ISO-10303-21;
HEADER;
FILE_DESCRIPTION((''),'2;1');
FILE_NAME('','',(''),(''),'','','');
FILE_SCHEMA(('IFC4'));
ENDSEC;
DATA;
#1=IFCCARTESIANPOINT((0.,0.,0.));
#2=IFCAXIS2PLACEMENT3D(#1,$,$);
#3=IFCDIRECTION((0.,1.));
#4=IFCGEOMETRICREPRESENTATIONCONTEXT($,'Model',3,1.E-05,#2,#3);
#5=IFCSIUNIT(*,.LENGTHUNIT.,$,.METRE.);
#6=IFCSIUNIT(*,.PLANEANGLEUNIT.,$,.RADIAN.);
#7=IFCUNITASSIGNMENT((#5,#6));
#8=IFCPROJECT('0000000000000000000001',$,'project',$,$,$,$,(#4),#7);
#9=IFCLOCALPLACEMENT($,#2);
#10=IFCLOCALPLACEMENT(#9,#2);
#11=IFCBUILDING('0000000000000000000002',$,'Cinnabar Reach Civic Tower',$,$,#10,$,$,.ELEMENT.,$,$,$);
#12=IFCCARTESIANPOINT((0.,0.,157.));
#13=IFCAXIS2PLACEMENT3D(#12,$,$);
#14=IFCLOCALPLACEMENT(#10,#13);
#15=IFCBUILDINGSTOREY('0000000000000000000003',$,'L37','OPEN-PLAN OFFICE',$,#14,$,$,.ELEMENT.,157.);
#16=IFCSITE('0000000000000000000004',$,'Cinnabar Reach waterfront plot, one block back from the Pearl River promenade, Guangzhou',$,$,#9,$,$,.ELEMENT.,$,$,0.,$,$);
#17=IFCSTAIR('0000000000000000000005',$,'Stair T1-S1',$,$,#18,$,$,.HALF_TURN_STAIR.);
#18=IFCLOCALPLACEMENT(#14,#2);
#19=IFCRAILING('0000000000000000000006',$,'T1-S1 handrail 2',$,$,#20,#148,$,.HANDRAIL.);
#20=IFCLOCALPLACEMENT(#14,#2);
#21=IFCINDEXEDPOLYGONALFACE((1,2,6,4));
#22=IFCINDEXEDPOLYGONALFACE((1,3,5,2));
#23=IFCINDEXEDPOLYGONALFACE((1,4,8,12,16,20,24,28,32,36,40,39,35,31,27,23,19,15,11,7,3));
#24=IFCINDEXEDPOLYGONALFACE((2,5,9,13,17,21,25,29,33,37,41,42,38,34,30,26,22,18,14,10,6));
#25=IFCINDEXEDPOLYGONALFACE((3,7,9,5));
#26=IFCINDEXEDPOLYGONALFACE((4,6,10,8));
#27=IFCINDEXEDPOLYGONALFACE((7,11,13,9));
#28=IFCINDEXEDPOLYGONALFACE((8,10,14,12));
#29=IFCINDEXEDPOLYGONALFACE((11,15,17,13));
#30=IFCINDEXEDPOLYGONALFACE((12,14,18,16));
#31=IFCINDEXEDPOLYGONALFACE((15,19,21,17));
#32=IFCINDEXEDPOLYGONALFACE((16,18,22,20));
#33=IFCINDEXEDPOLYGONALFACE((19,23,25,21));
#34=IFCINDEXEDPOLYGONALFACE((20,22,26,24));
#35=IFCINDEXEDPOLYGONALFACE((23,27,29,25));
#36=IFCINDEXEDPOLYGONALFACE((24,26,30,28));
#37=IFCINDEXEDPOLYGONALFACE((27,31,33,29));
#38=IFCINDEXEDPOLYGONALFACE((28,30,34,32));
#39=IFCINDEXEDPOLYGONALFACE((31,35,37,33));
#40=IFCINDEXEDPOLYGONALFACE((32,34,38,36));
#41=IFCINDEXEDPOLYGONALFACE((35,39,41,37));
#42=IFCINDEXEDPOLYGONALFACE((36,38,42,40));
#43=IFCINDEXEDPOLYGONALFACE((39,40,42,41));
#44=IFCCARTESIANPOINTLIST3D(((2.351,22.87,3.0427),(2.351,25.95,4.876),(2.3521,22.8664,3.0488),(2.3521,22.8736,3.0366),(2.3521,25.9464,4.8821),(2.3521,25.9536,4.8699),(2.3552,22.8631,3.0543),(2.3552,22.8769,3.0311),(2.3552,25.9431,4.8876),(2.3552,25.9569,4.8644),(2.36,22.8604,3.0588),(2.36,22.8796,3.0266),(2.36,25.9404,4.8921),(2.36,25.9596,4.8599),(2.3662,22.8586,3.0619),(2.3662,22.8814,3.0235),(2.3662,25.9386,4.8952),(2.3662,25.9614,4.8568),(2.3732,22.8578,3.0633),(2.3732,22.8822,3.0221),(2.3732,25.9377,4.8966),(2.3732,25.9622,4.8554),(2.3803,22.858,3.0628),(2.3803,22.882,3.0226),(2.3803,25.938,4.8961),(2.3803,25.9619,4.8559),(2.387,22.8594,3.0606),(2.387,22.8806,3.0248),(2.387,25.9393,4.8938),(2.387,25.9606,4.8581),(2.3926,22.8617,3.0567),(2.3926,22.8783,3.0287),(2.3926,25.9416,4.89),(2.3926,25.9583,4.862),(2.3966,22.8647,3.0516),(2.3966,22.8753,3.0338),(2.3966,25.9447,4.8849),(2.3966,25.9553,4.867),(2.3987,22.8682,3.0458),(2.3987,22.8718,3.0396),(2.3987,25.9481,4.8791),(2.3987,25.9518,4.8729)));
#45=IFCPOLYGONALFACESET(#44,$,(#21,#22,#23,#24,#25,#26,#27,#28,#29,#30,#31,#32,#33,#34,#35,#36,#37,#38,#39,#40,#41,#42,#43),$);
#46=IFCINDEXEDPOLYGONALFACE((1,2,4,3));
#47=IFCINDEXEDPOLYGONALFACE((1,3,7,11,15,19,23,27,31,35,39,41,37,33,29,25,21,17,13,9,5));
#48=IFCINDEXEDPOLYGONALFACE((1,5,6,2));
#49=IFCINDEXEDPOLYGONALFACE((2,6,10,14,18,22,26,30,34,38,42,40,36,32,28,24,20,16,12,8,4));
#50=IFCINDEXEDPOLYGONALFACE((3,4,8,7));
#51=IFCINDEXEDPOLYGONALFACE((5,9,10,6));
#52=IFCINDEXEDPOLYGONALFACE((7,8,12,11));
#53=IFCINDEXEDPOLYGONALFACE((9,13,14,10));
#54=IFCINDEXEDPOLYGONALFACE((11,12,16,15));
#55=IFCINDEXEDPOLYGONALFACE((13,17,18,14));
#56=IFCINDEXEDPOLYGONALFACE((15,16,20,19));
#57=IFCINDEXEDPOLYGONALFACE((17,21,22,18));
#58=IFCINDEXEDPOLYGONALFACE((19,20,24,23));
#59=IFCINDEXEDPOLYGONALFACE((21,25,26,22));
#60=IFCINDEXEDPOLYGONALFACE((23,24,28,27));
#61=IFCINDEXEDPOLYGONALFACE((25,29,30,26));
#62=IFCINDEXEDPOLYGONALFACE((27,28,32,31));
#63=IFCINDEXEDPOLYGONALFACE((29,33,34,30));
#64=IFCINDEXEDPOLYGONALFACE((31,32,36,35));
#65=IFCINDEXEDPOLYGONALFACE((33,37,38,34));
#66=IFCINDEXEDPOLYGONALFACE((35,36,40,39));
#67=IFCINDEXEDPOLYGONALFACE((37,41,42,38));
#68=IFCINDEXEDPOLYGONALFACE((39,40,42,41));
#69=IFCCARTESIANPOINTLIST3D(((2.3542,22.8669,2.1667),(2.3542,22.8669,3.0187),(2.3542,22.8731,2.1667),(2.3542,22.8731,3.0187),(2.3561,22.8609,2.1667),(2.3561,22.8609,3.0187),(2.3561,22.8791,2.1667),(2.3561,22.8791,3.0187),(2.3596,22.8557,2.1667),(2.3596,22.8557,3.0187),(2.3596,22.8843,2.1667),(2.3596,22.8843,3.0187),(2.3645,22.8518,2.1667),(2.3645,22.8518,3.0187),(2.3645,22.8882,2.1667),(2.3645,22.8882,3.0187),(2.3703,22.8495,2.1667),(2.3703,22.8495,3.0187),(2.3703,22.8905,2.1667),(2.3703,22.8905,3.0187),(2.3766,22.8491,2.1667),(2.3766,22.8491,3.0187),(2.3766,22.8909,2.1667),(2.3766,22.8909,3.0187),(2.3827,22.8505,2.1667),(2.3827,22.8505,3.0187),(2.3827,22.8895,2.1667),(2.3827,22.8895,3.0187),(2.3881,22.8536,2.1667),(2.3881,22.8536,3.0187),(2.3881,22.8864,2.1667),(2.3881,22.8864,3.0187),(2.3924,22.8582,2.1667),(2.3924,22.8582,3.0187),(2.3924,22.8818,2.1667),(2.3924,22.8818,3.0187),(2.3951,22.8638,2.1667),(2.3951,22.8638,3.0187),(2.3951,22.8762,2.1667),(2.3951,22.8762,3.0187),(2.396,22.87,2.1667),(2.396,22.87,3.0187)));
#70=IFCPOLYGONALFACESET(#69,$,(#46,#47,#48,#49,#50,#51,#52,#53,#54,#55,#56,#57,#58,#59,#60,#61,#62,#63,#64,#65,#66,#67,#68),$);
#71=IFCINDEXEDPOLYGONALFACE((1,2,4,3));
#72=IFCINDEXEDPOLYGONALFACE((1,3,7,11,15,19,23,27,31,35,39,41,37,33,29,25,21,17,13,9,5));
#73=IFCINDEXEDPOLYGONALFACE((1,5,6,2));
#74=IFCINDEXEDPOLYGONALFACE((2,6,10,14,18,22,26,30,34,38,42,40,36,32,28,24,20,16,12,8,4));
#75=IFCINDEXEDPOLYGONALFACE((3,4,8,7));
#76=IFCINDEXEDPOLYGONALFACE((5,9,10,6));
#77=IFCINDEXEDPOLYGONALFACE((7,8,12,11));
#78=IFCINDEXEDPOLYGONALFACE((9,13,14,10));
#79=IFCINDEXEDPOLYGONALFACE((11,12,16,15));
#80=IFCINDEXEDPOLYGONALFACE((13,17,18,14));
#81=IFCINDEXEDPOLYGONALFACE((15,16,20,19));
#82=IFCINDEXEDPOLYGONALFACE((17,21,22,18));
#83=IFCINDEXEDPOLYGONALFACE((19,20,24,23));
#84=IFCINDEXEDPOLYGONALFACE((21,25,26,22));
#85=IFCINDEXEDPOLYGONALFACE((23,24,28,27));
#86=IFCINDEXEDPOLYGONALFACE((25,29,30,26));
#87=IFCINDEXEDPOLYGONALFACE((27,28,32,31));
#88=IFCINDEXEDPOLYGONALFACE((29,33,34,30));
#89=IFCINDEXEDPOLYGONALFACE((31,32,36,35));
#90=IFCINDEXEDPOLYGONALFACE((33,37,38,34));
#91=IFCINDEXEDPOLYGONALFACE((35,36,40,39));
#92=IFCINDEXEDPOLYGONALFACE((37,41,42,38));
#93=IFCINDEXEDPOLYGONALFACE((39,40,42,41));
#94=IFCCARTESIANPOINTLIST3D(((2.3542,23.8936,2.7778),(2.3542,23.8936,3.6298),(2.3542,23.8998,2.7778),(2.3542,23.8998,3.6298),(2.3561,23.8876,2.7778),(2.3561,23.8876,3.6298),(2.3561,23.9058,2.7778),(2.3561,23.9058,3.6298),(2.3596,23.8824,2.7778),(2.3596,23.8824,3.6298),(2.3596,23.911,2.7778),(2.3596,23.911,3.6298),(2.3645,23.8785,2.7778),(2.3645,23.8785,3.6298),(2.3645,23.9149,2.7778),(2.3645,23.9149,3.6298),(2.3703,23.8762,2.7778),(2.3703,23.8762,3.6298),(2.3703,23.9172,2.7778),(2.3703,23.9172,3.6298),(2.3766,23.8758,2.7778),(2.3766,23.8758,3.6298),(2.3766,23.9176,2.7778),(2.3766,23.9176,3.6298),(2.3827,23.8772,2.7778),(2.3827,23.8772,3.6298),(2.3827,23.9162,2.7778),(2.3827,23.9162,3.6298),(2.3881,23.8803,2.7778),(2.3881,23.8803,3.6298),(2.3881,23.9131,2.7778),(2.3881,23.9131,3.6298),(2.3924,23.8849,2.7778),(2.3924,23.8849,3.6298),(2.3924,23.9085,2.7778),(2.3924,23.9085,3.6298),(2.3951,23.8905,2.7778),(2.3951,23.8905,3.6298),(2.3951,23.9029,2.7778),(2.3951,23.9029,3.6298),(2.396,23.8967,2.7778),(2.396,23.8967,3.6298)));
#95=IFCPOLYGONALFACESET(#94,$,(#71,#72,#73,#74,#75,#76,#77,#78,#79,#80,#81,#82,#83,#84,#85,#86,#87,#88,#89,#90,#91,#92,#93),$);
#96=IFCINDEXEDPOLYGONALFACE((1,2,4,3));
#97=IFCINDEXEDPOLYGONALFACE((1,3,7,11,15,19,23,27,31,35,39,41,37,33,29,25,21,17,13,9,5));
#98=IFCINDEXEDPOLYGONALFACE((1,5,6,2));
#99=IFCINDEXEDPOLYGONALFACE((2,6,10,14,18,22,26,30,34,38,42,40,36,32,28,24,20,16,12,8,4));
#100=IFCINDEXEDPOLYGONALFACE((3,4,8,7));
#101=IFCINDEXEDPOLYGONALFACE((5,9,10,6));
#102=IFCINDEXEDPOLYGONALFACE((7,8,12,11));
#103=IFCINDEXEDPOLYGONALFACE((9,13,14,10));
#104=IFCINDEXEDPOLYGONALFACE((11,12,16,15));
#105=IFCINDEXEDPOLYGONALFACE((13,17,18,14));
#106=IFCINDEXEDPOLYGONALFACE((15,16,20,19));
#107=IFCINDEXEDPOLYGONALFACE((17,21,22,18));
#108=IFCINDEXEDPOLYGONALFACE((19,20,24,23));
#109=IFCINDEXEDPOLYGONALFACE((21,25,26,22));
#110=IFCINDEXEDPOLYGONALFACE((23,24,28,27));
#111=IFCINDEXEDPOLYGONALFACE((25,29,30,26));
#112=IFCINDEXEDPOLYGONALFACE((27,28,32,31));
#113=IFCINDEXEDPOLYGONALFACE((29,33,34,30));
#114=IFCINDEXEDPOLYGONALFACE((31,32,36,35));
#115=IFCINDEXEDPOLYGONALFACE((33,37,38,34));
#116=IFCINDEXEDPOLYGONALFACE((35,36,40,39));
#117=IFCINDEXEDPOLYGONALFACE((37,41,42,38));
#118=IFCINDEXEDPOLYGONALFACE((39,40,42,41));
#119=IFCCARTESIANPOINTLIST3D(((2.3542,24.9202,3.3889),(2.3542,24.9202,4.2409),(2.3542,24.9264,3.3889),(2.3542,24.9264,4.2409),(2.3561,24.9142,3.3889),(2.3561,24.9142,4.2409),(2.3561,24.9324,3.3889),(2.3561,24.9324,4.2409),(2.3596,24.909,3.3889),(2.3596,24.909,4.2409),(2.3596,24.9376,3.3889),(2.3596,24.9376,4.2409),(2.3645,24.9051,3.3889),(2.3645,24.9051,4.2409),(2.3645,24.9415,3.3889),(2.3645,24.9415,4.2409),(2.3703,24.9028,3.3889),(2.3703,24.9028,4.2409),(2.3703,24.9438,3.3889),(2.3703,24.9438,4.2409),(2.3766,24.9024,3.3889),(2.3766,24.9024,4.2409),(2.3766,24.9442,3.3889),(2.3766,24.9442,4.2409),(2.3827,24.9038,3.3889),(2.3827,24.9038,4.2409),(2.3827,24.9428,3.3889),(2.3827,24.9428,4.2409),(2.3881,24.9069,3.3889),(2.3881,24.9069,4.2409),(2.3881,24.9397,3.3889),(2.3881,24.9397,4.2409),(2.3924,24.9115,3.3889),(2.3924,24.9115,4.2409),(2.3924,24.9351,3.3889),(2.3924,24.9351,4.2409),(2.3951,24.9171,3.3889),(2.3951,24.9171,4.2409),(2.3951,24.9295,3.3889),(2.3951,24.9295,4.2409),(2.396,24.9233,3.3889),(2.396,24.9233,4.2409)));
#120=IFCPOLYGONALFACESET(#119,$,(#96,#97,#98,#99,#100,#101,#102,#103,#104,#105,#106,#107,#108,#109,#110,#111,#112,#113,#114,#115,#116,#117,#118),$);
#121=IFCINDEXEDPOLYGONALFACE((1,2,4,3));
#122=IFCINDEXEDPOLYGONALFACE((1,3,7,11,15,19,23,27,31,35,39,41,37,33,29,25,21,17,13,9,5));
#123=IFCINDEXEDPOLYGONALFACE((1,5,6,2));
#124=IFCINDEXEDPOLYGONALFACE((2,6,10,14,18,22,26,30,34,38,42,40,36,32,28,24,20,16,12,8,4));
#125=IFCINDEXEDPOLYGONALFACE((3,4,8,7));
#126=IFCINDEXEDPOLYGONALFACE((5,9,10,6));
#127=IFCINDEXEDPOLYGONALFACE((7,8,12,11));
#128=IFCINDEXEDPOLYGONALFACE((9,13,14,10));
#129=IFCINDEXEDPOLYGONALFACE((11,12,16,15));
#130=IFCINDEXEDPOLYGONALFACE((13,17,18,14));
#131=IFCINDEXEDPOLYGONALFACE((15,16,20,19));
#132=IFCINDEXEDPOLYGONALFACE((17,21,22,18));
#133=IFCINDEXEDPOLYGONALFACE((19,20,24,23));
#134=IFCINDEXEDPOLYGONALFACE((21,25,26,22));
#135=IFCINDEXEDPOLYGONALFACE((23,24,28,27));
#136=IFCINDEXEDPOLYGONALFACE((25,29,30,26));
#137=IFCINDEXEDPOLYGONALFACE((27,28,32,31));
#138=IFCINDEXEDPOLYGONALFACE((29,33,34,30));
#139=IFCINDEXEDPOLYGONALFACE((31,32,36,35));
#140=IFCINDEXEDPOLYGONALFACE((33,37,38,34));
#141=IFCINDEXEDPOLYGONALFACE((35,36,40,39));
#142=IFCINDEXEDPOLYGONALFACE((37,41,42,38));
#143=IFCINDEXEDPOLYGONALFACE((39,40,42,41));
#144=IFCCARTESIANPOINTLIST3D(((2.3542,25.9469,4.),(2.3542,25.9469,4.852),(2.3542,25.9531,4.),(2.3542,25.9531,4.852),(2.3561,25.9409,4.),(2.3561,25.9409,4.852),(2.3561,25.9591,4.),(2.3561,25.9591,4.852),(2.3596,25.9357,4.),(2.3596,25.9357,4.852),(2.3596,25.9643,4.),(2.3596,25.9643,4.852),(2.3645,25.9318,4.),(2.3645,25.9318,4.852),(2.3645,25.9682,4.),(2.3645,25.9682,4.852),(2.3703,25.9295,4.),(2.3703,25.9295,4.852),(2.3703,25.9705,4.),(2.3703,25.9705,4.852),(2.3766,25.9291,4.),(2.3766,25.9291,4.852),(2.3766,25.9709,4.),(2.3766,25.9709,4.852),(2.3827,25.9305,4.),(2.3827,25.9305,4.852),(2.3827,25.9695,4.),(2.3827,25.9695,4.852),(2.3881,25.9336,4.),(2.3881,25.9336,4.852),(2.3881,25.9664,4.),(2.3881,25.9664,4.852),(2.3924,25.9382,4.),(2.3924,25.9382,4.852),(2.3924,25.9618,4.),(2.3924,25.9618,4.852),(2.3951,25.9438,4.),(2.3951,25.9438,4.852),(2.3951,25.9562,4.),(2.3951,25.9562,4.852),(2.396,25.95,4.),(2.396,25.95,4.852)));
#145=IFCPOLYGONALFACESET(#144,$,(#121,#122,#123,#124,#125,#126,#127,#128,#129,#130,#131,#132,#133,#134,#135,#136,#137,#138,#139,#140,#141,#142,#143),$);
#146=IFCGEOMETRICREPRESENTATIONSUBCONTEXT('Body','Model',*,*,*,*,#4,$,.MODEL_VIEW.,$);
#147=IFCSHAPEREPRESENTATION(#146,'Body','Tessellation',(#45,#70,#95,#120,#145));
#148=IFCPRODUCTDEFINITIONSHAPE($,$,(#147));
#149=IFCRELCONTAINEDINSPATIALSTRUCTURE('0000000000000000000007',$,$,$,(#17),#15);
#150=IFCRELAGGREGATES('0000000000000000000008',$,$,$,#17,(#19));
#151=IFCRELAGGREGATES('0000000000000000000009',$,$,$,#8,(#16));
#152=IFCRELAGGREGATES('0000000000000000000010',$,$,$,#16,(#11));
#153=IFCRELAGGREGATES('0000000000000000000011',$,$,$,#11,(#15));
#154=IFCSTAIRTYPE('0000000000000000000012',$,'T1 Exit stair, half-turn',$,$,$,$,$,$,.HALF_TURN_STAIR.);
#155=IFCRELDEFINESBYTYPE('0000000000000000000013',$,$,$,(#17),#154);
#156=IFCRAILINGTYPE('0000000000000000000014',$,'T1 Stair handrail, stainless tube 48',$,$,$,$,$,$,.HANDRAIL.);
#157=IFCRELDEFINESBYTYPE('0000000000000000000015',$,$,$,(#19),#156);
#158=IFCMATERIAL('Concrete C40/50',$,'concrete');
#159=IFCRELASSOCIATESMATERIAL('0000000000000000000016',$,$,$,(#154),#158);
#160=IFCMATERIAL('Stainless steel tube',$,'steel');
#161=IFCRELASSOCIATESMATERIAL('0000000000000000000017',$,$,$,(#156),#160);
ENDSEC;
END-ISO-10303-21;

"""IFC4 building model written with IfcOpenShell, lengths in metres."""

from ifc_helpers import new_model, si_unit, direction, frame, origin, origin_2d, place, context, subcontext, project, spatial, circle, extrude, material, type_object, element, aggregate, save


model = new_model("IFC4")

# Units and contexts
model_context = context("Model", 3, precision=1e-05, world=origin(), true_north=direction((0.0, 1.0)))
body_context = subcontext(model_context, "Body", "Model", "MODEL_VIEW")
ifc_project = project(units=[si_unit("LENGTHUNIT", "METRE"), si_unit("PLANEANGLEUNIT", "RADIAN")], contexts=[model_context])

# Site, building, storey
site_placement = place(None, origin())
site = spatial("IfcSite", under=ifc_project, at=site_placement, Name="Cinnabar Reach waterfront plot, one block back from the Pearl River promenade, Guangzhou", CompositionType="ELEMENT", RefElevation=0.0)
building_placement = place(site_placement, origin())
building = spatial("IfcBuilding", under=site, at=building_placement, Name="Cinnabar Reach Civic Tower", CompositionType="ELEMENT")
storey_placement = place(building_placement, frame((0.0, 0.0, 157.0)))
storey = spatial("IfcBuildingStorey", under=building, at=storey_placement, Name="L37", Description="OPEN-PLAN OFFICE", CompositionType="ELEMENT", Elevation=157.0)

# Shared definitions
ifc_material_1 = material(Name="Concrete C40/50", Category="concrete")

# Stair, railing
stair_type = type_object("IfcStairType", Name="T1 Exit stair, half-turn", PredefinedType="HALF_TURN_STAIR", material=ifc_material_1)
stair_placement = place(storey_placement, origin())
stair = element("IfcStair", 1, at=stair_placement, inside=storey, type_object=stair_type, Name="Stair T1-S1", PredefinedType="HALF_TURN_STAIR")
ifc_material_2 = material(Name="Stainless steel tube", Category="steel")
railing_type = type_object("IfcRailingType", Name="T1 Stair handrail, stainless tube 48", PredefinedType="HANDRAIL", material=ifc_material_2)
railing_1_placement = place(storey_placement, frame((2.375, 22.87, 2.1667)))
railing_1 = element("IfcRailing", 2, at=railing_1_placement, type_object=railing_type, Name="T1-S1 handrail 2", PredefinedType="HANDRAIL", context=body_context, shape_type="SweptSolid", body=[
    extrude(circle(Radius=0.024, at=origin_2d()), frame((0.0, 0.0, 0.876), z_axis=(0.0, 0.859297, 0.511477), x_axis=(-1.0, 0.0, 0.0)), (0.0, 0.0, 1.0), 3.5843),
    extrude(circle(Radius=0.021, at=origin_2d()), origin(), (0.0, 0.0, 1.0), 0.852),
    extrude(circle(Radius=0.021, at=origin_2d()), frame((0.0, 1.0267, 0.6111)), (0.0, 0.0, 1.0), 0.852),
    extrude(circle(Radius=0.021, at=origin_2d()), frame((0.0, 2.0533, 1.2222)), (0.0, 0.0, 1.0), 0.852),
    extrude(circle(Radius=0.021, at=origin_2d()), frame((0.0, 3.08, 1.8333)), (0.0, 0.0, 1.0), 0.852),
])
aggregate(stair, [railing_1])

save(model, "model.ifc")
